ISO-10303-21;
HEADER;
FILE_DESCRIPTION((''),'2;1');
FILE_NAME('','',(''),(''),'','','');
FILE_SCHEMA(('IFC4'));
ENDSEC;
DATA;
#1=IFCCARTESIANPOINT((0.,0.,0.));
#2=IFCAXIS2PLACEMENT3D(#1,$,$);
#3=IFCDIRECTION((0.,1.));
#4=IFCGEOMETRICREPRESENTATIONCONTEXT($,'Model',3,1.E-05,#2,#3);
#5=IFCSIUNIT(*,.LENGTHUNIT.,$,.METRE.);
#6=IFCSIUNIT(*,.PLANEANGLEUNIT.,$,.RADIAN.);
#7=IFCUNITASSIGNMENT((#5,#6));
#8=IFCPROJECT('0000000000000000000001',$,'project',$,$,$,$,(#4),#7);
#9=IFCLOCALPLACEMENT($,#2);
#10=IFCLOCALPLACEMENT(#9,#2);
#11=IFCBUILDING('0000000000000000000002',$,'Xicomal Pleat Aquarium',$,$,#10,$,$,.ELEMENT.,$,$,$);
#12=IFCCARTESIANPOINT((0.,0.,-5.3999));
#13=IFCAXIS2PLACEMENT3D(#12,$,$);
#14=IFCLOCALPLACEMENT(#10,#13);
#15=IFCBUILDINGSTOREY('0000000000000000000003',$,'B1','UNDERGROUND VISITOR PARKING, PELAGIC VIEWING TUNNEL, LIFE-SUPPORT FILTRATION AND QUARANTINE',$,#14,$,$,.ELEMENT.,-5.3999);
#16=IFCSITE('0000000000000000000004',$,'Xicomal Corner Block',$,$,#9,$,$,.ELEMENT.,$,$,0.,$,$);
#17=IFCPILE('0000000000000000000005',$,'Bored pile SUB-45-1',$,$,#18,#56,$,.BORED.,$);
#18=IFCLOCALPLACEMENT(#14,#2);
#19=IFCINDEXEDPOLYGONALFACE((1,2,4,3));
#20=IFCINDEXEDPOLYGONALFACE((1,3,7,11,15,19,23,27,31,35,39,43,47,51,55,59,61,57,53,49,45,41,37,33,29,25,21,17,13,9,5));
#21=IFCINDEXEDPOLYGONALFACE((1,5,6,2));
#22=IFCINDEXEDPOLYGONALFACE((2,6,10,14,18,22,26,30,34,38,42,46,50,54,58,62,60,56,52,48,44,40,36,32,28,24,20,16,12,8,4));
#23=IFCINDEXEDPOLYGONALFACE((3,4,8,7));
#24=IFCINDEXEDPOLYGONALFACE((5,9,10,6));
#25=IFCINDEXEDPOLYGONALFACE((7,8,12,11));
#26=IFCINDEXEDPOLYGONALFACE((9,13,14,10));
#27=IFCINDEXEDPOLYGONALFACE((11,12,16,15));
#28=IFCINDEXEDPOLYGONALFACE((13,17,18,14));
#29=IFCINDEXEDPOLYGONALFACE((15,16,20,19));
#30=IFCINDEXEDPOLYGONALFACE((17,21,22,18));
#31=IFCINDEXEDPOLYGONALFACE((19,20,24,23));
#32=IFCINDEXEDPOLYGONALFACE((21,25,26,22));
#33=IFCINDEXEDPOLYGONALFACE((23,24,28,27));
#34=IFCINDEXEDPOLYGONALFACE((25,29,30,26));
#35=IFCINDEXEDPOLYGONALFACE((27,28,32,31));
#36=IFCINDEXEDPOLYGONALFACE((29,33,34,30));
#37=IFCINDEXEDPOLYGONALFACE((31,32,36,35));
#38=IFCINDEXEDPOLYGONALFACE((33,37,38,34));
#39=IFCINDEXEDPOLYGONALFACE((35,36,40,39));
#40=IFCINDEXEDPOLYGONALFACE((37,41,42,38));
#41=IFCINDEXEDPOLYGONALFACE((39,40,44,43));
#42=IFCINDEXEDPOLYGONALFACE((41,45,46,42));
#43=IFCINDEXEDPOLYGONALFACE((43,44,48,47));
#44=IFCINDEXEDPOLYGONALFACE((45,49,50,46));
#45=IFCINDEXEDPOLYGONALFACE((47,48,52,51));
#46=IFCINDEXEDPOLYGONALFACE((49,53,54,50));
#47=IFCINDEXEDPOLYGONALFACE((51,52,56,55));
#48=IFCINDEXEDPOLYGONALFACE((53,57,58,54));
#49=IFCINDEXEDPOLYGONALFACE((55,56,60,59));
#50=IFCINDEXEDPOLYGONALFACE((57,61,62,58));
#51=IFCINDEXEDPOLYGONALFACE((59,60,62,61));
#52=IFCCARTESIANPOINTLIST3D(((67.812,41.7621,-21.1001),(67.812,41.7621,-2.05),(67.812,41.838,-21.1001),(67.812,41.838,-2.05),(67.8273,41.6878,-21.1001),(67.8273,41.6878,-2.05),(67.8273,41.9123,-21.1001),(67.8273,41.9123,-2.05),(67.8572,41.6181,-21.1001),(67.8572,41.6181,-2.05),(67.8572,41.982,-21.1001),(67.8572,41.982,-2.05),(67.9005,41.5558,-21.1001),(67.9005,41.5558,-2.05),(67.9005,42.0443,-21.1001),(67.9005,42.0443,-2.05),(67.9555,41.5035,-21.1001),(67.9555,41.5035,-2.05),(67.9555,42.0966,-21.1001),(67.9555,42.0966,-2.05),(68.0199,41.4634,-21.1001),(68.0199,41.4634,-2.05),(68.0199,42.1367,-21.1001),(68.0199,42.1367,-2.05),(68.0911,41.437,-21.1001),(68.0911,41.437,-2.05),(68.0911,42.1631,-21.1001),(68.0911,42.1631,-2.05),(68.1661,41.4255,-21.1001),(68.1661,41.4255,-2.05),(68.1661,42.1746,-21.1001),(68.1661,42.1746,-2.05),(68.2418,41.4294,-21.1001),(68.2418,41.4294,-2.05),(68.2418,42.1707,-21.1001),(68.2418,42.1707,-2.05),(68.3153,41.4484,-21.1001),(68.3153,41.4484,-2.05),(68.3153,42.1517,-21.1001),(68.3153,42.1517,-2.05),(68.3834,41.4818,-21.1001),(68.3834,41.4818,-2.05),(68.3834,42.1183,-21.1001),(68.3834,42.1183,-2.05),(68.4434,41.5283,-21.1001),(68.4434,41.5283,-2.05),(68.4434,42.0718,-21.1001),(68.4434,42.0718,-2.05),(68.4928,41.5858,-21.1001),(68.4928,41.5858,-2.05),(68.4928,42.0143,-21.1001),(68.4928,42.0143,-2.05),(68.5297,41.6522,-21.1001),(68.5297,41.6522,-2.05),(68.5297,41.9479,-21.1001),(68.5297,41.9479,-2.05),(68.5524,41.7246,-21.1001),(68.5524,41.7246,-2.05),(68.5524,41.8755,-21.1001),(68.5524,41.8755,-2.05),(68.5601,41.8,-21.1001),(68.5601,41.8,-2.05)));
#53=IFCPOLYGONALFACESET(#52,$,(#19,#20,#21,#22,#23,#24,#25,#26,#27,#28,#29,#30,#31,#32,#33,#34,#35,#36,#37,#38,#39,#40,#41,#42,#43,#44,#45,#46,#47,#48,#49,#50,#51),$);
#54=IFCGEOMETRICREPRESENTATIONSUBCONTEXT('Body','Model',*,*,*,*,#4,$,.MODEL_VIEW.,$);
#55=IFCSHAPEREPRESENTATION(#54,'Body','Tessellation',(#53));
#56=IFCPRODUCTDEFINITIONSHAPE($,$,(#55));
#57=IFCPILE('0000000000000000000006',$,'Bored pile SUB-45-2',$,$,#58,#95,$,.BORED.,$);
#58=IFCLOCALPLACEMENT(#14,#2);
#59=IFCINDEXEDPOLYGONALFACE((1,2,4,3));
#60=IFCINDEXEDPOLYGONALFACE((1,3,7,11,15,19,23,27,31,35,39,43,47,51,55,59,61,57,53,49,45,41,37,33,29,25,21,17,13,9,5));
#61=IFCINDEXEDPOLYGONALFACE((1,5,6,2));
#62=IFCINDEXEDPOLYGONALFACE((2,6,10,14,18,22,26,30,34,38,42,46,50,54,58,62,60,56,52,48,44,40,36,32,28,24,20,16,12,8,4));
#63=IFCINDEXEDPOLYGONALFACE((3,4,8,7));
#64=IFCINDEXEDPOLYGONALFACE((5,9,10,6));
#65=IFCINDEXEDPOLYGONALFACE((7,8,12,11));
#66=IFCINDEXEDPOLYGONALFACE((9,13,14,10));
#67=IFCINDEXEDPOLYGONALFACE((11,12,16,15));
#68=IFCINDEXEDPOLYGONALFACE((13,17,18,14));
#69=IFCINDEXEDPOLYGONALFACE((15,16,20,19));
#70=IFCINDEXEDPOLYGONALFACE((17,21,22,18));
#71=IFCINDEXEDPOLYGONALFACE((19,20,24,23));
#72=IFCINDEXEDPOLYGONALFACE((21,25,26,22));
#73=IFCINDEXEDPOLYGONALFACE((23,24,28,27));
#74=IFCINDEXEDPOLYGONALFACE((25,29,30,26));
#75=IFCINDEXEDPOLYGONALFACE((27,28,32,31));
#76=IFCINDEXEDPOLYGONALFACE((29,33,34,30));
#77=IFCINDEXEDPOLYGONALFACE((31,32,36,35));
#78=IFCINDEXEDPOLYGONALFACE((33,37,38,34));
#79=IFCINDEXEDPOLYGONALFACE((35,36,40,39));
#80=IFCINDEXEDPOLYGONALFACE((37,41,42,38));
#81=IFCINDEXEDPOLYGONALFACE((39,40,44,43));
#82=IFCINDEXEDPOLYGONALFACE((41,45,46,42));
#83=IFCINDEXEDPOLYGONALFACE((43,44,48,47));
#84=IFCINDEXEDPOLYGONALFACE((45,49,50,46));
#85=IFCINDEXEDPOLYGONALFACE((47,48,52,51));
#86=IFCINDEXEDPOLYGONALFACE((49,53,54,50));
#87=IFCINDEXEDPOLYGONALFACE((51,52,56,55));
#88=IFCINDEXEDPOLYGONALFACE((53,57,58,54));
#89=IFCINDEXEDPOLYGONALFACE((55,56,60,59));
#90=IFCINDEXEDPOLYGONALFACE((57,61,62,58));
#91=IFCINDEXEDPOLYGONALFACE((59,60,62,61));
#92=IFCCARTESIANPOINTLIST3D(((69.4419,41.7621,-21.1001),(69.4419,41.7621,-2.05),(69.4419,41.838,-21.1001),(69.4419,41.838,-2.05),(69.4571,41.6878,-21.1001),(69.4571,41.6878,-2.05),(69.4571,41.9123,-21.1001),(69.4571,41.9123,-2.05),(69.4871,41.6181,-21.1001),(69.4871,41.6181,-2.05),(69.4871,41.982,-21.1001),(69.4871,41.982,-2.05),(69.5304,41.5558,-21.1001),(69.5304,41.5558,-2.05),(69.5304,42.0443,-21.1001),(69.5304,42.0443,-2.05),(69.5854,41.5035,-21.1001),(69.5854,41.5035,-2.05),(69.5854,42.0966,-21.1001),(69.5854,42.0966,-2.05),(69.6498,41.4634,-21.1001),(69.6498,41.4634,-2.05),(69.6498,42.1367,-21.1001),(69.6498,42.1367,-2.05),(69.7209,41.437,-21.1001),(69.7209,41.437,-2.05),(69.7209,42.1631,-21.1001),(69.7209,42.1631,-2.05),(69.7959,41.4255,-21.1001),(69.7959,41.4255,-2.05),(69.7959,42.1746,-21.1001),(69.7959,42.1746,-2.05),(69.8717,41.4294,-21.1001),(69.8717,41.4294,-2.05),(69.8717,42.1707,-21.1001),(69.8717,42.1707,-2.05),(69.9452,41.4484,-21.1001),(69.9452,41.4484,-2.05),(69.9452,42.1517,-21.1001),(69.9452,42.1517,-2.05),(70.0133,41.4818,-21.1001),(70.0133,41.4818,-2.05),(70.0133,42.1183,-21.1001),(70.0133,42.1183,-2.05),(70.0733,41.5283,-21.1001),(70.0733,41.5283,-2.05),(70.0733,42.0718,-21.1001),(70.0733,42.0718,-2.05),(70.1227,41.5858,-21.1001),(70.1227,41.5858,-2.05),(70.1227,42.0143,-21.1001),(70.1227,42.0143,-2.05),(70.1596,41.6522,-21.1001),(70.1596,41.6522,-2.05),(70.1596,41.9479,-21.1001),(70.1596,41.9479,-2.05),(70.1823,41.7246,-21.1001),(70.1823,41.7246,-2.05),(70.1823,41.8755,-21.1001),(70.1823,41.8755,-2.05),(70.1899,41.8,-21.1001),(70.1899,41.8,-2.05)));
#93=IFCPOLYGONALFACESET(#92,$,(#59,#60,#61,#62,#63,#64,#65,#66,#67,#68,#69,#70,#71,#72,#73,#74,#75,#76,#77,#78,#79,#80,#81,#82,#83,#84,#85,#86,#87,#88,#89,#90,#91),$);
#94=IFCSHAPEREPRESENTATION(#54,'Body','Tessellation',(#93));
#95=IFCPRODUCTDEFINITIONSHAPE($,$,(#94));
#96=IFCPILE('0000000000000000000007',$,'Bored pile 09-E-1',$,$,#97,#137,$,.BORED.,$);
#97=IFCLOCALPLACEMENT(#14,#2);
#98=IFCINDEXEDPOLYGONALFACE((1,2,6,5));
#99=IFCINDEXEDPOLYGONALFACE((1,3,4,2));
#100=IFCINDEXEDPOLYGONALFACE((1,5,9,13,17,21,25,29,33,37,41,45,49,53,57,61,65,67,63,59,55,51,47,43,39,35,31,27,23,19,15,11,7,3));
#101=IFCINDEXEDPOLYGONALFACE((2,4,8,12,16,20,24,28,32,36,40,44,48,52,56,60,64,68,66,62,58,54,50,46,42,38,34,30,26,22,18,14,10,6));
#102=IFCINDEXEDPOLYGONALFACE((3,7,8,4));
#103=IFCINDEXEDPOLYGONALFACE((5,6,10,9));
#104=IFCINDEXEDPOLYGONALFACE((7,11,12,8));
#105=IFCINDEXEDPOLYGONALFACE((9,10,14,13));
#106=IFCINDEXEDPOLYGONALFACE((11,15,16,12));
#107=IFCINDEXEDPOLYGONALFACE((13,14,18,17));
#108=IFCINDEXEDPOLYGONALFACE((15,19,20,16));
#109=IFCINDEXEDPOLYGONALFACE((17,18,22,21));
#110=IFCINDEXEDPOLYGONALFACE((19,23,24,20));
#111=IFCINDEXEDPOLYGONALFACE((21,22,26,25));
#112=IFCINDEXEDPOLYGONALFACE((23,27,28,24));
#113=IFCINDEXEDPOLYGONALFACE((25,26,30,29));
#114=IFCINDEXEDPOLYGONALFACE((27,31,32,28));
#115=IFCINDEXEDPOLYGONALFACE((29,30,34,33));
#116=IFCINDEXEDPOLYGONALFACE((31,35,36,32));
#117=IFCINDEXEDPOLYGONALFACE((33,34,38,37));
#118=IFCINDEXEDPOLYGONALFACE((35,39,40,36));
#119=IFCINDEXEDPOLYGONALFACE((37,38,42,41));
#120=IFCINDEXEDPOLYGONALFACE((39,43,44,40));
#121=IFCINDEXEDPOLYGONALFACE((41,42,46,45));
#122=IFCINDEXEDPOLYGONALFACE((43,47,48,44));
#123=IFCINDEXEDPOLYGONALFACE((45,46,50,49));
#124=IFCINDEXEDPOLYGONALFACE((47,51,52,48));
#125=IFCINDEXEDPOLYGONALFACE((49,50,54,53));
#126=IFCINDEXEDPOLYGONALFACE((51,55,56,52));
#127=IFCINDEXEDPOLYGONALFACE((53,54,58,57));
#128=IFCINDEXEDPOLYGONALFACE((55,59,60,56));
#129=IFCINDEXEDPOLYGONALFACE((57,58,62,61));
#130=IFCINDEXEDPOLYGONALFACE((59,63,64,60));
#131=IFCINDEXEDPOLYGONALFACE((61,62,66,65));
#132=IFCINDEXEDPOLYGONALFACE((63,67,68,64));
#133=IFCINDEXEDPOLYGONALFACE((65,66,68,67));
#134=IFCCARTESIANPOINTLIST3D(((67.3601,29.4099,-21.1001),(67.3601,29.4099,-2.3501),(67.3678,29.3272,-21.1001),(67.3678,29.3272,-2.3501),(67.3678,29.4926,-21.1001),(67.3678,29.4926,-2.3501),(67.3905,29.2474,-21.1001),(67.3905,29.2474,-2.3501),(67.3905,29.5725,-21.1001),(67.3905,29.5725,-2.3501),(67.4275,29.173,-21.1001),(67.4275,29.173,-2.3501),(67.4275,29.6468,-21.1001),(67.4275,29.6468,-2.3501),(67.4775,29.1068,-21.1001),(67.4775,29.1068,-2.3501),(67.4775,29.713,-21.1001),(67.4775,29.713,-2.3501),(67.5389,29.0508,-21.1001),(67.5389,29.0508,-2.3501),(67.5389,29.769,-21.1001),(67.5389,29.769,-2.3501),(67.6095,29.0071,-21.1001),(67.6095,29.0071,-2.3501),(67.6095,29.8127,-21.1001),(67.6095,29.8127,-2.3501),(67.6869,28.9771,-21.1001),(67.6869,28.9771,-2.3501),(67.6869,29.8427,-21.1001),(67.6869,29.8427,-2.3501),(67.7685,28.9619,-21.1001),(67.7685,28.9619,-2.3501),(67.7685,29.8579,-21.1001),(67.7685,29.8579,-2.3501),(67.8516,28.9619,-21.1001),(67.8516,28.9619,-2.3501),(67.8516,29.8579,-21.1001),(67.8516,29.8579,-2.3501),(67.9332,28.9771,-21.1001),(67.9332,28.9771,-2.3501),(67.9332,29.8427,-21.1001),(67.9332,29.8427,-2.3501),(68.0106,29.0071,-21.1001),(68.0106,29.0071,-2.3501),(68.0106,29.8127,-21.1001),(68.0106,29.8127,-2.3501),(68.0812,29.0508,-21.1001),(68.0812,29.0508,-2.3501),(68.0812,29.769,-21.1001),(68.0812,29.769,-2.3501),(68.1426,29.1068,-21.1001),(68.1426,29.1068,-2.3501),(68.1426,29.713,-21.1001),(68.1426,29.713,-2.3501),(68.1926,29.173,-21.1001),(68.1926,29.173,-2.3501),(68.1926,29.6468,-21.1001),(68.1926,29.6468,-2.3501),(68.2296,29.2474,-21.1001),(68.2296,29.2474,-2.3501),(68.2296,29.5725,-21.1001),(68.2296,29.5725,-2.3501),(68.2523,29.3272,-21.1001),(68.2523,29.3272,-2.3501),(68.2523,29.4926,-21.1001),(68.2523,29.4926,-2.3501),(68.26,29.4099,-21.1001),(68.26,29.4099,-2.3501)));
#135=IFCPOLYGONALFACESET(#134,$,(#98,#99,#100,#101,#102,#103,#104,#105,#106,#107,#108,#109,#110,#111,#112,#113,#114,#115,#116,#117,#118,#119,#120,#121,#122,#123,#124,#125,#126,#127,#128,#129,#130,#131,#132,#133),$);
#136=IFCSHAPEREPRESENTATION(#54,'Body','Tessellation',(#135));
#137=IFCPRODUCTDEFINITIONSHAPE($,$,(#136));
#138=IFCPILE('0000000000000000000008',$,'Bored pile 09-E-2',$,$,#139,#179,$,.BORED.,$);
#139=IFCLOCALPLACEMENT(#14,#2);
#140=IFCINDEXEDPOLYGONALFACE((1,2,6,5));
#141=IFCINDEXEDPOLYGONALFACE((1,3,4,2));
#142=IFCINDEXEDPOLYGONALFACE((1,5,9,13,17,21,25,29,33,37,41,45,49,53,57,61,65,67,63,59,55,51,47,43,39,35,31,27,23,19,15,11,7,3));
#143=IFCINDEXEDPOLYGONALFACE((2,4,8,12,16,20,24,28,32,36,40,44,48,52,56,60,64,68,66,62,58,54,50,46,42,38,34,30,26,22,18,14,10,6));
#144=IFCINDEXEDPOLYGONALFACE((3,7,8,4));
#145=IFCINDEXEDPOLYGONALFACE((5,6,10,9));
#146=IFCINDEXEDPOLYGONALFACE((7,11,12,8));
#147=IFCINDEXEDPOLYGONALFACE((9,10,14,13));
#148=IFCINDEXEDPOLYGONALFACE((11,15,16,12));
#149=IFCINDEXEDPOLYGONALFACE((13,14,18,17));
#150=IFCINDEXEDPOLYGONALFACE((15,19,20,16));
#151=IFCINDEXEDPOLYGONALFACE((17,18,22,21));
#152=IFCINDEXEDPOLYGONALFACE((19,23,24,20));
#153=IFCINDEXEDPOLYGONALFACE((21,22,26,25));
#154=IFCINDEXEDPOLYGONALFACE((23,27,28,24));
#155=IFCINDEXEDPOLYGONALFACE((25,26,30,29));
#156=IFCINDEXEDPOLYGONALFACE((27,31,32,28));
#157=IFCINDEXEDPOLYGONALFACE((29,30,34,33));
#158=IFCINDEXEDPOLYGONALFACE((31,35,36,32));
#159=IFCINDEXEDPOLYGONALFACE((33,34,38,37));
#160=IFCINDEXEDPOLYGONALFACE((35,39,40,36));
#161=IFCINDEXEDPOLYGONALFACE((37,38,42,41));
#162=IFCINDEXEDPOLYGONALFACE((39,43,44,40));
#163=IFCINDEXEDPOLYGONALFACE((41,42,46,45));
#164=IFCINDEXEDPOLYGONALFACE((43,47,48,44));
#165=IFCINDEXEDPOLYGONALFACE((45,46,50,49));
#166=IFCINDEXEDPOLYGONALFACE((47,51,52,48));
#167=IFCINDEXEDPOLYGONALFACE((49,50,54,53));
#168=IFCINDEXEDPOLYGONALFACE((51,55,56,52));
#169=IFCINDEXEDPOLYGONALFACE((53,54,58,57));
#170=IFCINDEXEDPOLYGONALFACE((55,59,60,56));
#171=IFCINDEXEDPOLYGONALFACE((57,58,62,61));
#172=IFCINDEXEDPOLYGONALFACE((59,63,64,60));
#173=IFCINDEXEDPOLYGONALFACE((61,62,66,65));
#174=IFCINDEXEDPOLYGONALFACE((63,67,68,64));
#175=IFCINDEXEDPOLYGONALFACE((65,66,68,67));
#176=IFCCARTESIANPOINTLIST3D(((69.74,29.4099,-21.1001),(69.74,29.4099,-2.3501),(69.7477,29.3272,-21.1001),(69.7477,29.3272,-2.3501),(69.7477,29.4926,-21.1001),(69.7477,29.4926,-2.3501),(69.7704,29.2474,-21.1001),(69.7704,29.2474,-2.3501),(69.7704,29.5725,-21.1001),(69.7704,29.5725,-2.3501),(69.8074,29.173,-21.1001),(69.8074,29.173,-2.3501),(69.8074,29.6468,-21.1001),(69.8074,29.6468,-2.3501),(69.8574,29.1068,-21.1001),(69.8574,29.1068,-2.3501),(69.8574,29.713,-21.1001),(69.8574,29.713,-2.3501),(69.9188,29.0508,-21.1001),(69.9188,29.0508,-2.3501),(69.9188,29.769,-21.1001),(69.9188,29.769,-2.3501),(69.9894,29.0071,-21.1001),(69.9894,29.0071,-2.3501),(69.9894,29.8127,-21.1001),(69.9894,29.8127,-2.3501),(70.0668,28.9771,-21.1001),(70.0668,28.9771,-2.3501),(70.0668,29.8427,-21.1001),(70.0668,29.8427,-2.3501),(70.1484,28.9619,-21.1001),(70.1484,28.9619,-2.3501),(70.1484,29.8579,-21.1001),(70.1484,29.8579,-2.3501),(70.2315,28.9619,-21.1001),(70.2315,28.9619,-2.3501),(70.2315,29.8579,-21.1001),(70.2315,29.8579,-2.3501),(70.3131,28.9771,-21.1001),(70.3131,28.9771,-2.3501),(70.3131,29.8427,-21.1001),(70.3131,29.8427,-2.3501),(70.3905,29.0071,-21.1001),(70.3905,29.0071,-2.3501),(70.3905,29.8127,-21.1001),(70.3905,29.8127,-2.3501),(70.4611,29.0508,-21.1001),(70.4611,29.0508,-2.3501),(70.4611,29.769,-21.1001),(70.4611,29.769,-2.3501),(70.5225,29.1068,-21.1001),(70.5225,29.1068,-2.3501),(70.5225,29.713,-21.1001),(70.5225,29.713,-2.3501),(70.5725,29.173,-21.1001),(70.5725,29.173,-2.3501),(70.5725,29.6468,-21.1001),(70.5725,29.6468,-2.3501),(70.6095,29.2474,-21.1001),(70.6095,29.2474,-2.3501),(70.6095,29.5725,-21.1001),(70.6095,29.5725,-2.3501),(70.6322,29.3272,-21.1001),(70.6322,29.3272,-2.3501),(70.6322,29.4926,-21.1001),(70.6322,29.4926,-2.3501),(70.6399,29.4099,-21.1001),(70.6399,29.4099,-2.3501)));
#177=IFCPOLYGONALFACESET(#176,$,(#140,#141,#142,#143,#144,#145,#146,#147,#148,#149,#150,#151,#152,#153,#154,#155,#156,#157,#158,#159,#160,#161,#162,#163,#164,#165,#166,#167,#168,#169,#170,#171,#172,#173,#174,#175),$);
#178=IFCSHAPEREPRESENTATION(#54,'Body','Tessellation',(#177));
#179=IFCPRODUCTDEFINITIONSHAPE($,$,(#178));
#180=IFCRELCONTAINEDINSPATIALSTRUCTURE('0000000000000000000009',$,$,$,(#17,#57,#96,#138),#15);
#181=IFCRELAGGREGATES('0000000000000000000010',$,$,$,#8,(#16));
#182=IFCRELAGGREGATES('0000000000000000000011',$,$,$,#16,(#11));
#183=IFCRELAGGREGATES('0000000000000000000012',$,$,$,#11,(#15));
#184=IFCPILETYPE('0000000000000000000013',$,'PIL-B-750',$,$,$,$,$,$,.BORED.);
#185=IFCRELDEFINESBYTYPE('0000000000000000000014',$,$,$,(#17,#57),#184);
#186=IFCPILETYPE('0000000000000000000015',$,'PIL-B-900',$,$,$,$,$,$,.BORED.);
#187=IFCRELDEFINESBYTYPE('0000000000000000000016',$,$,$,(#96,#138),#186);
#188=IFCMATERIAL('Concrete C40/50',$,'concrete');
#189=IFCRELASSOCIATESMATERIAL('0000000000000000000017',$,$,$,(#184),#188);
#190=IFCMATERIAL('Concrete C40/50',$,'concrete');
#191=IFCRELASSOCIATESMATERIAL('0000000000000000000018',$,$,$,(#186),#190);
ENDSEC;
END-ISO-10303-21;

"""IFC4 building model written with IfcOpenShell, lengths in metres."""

from ifc_helpers import new_model, si_unit, direction, frame, origin, origin_2d, place, context, subcontext, project, spatial, circle, extrude, material, material_profile, profile_set, type_object, element, save


model = new_model("IFC4")

# Units and contexts
model_context = context("Model", 3, precision=1e-05, world=origin(), true_north=direction((0.0, 1.0)))
body_context = subcontext(model_context, "Body", "Model", "MODEL_VIEW")
ifc_project = project(units=[si_unit("LENGTHUNIT", "METRE"), si_unit("PLANEANGLEUNIT", "RADIAN")], contexts=[model_context])

# Site, building, storey
site_placement = place(None, origin())
site = spatial("IfcSite", under=ifc_project, at=site_placement, Name="Xicomal Corner Block", CompositionType="ELEMENT", RefElevation=0.0)
building_placement = place(site_placement, origin())
building = spatial("IfcBuilding", under=site, at=building_placement, Name="Xicomal Pleat Aquarium", CompositionType="ELEMENT")
storey_placement = place(building_placement, frame((0.0, 0.0, -5.3999)))
storey = spatial("IfcBuildingStorey", under=building, at=storey_placement, Name="B1", Description="UNDERGROUND VISITOR PARKING, PELAGIC VIEWING TUNNEL, LIFE-SUPPORT FILTRATION AND QUARANTINE", CompositionType="ELEMENT", Elevation=-5.3999)

# Piles
ifc_material_1 = material(Name="Concrete C40/50", Category="concrete")
ifc_material_profile_1 = material_profile(ifc_material_1, circle(Radius=0.375, at=origin_2d()), Name="BORED PILE D750")
ifc_profile_set_1 = profile_set([ifc_material_profile_1], Name="Concrete C40/50")
pile_type_1 = type_object("IfcPileType", Name="PIL-B-750", PredefinedType="BORED", material=ifc_profile_set_1)
for number, where, z_axis, x_axis, name in (
    (1, (68.1851, 41.8, -2.05), (0.0, 0.0, -1.0), (1.0, 0.0, 0.0), "Bored pile SUB-45-1"),
    (2, (69.8149, 41.8, -2.05), (0.0, 0.0, -1.0), (1.0, 0.0, 0.0), "Bored pile SUB-45-2"),
):
    element("IfcPile", number, at=place(storey_placement, frame(where, z_axis=z_axis, x_axis=x_axis)), inside=storey, type_object=pile_type_1, Name=name, PredefinedType="BORED", context=body_context, shape_type="SweptSolid", body=[
        extrude(circle(Radius=0.375, at=origin_2d()), origin(), (0.0, 0.0, 1.0), 19.05),
    ])
ifc_material_2 = material(Name="Concrete C40/50", Category="concrete")
ifc_material_profile_2 = material_profile(ifc_material_2, circle(Radius=0.45, at=origin_2d()), Name="BORED PILE D900")
ifc_profile_set_2 = profile_set([ifc_material_profile_2], Name="Concrete C40/50")
pile_type_2 = type_object("IfcPileType", Name="PIL-B-900", PredefinedType="BORED", material=ifc_profile_set_2)
for number, where, z_axis, x_axis, name in (
    (3, (67.8101, 29.4099, -2.3501), (0.0, 0.0, -1.0), (1.0, 0.0, 0.0), "Bored pile 09-E-1"),
    (4, (70.1899, 29.4099, -2.3501), (0.0, 0.0, -1.0), (1.0, 0.0, 0.0), "Bored pile 09-E-2"),
):
    element("IfcPile", number, at=place(storey_placement, frame(where, z_axis=z_axis, x_axis=x_axis)), inside=storey, type_object=pile_type_2, Name=name, PredefinedType="BORED", context=body_context, shape_type="SweptSolid", body=[
        extrude(circle(Radius=0.45, at=origin_2d()), origin(), (0.0, 0.0, 1.0), 18.75),
    ])

save(model, "model.ifc")
